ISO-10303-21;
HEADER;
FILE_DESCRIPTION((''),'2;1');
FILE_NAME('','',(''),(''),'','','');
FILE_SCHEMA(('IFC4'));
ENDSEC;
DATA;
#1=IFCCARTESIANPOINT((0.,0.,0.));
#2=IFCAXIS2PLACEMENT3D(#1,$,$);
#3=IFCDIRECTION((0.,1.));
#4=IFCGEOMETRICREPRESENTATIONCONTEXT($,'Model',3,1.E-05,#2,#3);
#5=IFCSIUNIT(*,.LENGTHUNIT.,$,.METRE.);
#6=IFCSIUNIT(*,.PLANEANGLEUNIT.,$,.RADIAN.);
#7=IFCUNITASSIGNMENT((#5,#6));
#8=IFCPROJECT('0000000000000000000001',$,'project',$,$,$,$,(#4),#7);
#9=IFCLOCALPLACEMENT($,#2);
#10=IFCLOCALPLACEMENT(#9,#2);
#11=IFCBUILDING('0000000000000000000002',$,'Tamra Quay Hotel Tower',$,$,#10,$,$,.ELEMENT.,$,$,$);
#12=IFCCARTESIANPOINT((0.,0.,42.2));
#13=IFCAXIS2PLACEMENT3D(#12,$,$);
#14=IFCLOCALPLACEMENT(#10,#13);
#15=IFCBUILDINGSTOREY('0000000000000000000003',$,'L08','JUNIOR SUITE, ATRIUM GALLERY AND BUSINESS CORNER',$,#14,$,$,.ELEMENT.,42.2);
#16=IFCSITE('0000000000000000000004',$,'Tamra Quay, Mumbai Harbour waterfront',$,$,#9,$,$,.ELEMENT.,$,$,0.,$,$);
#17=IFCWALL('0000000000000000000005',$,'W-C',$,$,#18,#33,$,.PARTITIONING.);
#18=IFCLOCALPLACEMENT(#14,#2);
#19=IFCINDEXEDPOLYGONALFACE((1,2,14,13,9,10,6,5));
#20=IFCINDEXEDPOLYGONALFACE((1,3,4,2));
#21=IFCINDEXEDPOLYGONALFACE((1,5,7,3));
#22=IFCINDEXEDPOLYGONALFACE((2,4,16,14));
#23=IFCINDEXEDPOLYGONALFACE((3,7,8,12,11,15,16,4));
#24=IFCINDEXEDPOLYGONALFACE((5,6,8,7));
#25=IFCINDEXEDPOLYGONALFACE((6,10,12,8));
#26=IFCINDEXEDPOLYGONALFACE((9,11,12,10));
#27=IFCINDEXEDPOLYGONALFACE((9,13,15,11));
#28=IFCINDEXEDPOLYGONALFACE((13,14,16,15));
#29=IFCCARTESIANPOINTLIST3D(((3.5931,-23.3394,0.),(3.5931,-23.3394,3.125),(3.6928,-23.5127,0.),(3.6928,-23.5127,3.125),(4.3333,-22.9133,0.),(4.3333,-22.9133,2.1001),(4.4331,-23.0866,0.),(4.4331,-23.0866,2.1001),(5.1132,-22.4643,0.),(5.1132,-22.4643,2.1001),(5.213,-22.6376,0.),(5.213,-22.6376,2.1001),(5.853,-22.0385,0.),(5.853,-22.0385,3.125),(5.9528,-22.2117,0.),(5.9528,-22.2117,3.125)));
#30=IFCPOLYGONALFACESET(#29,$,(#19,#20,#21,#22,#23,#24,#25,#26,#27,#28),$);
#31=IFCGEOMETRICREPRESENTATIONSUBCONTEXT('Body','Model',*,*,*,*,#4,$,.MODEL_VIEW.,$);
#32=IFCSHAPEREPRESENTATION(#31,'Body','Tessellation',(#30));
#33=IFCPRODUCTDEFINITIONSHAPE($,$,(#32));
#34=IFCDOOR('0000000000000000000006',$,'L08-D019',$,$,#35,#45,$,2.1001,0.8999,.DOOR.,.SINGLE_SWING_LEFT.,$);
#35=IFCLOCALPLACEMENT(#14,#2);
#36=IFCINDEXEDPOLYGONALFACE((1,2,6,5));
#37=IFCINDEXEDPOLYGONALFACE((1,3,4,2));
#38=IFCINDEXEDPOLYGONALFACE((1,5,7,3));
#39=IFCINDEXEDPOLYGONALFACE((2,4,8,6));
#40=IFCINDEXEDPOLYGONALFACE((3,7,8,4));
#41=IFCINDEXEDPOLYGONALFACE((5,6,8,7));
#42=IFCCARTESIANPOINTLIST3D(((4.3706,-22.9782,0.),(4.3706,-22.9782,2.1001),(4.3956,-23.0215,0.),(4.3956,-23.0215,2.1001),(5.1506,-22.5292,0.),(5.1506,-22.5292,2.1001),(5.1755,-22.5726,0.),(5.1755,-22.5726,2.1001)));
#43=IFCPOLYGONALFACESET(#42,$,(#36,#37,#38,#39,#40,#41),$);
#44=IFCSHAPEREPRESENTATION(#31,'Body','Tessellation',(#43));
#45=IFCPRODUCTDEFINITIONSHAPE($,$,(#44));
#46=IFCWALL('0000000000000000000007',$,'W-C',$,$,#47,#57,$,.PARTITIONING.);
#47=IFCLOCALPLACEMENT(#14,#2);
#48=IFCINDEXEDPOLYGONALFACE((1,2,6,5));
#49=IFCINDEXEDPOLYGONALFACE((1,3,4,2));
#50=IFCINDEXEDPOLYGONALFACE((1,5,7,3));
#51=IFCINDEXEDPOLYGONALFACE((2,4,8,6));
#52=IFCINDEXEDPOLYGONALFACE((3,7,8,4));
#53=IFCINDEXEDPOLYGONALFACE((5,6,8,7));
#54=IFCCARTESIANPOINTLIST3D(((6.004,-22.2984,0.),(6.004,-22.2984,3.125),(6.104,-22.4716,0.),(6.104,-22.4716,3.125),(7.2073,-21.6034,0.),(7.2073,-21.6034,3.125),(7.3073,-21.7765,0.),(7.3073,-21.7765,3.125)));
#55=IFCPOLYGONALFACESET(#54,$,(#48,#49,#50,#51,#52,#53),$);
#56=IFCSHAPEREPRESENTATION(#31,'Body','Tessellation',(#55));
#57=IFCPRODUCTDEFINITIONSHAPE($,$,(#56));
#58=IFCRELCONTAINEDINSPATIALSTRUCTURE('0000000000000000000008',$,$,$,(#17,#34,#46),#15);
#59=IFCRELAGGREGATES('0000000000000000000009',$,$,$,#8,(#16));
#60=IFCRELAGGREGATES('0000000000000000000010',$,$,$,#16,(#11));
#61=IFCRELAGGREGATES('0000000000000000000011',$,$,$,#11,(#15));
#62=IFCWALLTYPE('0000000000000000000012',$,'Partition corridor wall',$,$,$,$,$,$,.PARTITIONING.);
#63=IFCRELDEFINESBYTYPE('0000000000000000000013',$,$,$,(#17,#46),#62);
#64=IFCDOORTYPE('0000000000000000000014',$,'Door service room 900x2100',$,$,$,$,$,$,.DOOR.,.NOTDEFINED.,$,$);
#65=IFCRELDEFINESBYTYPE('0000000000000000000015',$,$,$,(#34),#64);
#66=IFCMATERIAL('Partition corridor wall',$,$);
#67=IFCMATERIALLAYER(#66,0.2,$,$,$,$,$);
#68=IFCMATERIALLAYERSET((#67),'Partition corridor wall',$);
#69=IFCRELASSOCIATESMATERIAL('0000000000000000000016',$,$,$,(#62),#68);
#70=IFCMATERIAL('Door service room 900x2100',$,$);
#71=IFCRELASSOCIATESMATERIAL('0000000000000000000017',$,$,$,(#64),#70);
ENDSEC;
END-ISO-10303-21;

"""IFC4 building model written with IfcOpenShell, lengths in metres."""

from ifc_helpers import new_model, si_unit, direction, frame, frame_2d, origin, place, context, subcontext, project, spatial, rectangle, extrude, material, layer, layer_set, type_object, element, fill, save


model = new_model("IFC4")

# Units and contexts
model_context = context("Model", 3, precision=1e-05, world=origin(), true_north=direction((0.0, 1.0)))
body_context = subcontext(model_context, "Body", "Model", "MODEL_VIEW")
ifc_project = project(units=[si_unit("LENGTHUNIT", "METRE"), si_unit("PLANEANGLEUNIT", "RADIAN")], contexts=[model_context])

# Site, building, storey
site_placement = place(None, origin())
site = spatial("IfcSite", under=ifc_project, at=site_placement, Name="Tamra Quay, Mumbai Harbour waterfront", CompositionType="ELEMENT", RefElevation=0.0)
building_placement = place(site_placement, origin())
building = spatial("IfcBuilding", under=site, at=building_placement, Name="Tamra Quay Hotel Tower", CompositionType="ELEMENT")
storey_placement = place(building_placement, frame((0.0, 0.0, 42.2)))
storey = spatial("IfcBuildingStorey", under=building, at=storey_placement, Name="L08", Description="JUNIOR SUITE, ATRIUM GALLERY AND BUSINESS CORNER", CompositionType="ELEMENT", Elevation=42.2)

# Wall, opening, door
ifc_material_1 = material(Name="Partition corridor wall")
ifc_layer_1 = layer(ifc_material_1, 0.2)
ifc_layer_set_1 = layer_set([ifc_layer_1], Name="Partition corridor wall")
wall_type_1 = type_object("IfcWallType", Name="Partition corridor wall", PredefinedType="PARTITIONING", material=ifc_layer_set_1)
wall_1_placement = place(storey_placement, frame((3.6431, -23.426, 0.0), z_axis=(0.0, 0.0, 1.0), x_axis=(0.866654, 0.498909, 0.0)))
wall_1 = element("IfcWall", 1, at=wall_1_placement, inside=storey, type_object=wall_type_1, Name="W-C", PredefinedType="PARTITIONING", context=body_context, shape_type="SweptSolid", body=[
    extrude(rectangle(XDim=2.6077, YDim=0.2, at=frame_2d((1.3037, 0.0))), origin(), (0.0, 0.0, 1.0), 3.125),
])
opening_1_placement = place(wall_1_placement, frame((0.854, 0.0, 0.0)))
opening_1 = element("IfcOpeningElement", 2, at=opening_1_placement, cuts=wall_1, PredefinedType="OPENING", context=body_context, shape_type="SweptSolid", body=[
    extrude(rectangle(XDim=0.8999, YDim=2.1001, at=frame_2d((0.45, 1.05))), frame((0.0, 0.1099, 0.0), z_axis=(0.0, -1.0, 0.0), x_axis=(1.0, 0.0, 0.0)), (0.0, 0.0, 1.0), 0.22),
])
ifc_material_2 = material(Name="Door service room 900x2100")
door_type_1 = type_object("IfcDoorType", Name="Door service room 900x2100", OperationType="NOTDEFINED", PredefinedType="DOOR", material=ifc_material_2)
door_1_placement = place(opening_1_placement, frame((0.8999, 0.0, 0.0), z_axis=(0.0, 0.0, 1.0), x_axis=(-1.0, 0.0, 0.0)))
door_1 = element("IfcDoor", 3, at=door_1_placement, inside=storey, type_object=door_type_1, Name="L08-D019", OperationType="SINGLE_SWING_LEFT", OverallHeight=2.1001, OverallWidth=0.8999, PredefinedType="DOOR", context=body_context, shape_type="SweptSolid", body=[
    extrude(rectangle(XDim=0.8999, YDim=2.1001, at=frame_2d((0.45, 1.05))), frame((0.0, 0.0249, 0.0), z_axis=(0.0, -1.0, 0.0), x_axis=(1.0, 0.0, 0.0)), (0.0, 0.0, 1.0), 0.05),
])
fill(opening_1, door_1)

# Wall
wall_2_placement = place(storey_placement, frame((6.054, -22.385, 0.0), z_axis=(0.0, 0.0, 1.0), x_axis=(0.865931, 0.500163, 0.0)))
element("IfcWall", 4, at=wall_2_placement, inside=storey, type_object=wall_type_1, Name="W-C", PredefinedType="PARTITIONING", context=body_context, shape_type="SweptSolid", body=[
    extrude(rectangle(XDim=1.3896, YDim=0.2, at=frame_2d((0.6948, 0.0))), origin(), (0.0, 0.0, 1.0), 3.125),
])

save(model, "model.ifc")
